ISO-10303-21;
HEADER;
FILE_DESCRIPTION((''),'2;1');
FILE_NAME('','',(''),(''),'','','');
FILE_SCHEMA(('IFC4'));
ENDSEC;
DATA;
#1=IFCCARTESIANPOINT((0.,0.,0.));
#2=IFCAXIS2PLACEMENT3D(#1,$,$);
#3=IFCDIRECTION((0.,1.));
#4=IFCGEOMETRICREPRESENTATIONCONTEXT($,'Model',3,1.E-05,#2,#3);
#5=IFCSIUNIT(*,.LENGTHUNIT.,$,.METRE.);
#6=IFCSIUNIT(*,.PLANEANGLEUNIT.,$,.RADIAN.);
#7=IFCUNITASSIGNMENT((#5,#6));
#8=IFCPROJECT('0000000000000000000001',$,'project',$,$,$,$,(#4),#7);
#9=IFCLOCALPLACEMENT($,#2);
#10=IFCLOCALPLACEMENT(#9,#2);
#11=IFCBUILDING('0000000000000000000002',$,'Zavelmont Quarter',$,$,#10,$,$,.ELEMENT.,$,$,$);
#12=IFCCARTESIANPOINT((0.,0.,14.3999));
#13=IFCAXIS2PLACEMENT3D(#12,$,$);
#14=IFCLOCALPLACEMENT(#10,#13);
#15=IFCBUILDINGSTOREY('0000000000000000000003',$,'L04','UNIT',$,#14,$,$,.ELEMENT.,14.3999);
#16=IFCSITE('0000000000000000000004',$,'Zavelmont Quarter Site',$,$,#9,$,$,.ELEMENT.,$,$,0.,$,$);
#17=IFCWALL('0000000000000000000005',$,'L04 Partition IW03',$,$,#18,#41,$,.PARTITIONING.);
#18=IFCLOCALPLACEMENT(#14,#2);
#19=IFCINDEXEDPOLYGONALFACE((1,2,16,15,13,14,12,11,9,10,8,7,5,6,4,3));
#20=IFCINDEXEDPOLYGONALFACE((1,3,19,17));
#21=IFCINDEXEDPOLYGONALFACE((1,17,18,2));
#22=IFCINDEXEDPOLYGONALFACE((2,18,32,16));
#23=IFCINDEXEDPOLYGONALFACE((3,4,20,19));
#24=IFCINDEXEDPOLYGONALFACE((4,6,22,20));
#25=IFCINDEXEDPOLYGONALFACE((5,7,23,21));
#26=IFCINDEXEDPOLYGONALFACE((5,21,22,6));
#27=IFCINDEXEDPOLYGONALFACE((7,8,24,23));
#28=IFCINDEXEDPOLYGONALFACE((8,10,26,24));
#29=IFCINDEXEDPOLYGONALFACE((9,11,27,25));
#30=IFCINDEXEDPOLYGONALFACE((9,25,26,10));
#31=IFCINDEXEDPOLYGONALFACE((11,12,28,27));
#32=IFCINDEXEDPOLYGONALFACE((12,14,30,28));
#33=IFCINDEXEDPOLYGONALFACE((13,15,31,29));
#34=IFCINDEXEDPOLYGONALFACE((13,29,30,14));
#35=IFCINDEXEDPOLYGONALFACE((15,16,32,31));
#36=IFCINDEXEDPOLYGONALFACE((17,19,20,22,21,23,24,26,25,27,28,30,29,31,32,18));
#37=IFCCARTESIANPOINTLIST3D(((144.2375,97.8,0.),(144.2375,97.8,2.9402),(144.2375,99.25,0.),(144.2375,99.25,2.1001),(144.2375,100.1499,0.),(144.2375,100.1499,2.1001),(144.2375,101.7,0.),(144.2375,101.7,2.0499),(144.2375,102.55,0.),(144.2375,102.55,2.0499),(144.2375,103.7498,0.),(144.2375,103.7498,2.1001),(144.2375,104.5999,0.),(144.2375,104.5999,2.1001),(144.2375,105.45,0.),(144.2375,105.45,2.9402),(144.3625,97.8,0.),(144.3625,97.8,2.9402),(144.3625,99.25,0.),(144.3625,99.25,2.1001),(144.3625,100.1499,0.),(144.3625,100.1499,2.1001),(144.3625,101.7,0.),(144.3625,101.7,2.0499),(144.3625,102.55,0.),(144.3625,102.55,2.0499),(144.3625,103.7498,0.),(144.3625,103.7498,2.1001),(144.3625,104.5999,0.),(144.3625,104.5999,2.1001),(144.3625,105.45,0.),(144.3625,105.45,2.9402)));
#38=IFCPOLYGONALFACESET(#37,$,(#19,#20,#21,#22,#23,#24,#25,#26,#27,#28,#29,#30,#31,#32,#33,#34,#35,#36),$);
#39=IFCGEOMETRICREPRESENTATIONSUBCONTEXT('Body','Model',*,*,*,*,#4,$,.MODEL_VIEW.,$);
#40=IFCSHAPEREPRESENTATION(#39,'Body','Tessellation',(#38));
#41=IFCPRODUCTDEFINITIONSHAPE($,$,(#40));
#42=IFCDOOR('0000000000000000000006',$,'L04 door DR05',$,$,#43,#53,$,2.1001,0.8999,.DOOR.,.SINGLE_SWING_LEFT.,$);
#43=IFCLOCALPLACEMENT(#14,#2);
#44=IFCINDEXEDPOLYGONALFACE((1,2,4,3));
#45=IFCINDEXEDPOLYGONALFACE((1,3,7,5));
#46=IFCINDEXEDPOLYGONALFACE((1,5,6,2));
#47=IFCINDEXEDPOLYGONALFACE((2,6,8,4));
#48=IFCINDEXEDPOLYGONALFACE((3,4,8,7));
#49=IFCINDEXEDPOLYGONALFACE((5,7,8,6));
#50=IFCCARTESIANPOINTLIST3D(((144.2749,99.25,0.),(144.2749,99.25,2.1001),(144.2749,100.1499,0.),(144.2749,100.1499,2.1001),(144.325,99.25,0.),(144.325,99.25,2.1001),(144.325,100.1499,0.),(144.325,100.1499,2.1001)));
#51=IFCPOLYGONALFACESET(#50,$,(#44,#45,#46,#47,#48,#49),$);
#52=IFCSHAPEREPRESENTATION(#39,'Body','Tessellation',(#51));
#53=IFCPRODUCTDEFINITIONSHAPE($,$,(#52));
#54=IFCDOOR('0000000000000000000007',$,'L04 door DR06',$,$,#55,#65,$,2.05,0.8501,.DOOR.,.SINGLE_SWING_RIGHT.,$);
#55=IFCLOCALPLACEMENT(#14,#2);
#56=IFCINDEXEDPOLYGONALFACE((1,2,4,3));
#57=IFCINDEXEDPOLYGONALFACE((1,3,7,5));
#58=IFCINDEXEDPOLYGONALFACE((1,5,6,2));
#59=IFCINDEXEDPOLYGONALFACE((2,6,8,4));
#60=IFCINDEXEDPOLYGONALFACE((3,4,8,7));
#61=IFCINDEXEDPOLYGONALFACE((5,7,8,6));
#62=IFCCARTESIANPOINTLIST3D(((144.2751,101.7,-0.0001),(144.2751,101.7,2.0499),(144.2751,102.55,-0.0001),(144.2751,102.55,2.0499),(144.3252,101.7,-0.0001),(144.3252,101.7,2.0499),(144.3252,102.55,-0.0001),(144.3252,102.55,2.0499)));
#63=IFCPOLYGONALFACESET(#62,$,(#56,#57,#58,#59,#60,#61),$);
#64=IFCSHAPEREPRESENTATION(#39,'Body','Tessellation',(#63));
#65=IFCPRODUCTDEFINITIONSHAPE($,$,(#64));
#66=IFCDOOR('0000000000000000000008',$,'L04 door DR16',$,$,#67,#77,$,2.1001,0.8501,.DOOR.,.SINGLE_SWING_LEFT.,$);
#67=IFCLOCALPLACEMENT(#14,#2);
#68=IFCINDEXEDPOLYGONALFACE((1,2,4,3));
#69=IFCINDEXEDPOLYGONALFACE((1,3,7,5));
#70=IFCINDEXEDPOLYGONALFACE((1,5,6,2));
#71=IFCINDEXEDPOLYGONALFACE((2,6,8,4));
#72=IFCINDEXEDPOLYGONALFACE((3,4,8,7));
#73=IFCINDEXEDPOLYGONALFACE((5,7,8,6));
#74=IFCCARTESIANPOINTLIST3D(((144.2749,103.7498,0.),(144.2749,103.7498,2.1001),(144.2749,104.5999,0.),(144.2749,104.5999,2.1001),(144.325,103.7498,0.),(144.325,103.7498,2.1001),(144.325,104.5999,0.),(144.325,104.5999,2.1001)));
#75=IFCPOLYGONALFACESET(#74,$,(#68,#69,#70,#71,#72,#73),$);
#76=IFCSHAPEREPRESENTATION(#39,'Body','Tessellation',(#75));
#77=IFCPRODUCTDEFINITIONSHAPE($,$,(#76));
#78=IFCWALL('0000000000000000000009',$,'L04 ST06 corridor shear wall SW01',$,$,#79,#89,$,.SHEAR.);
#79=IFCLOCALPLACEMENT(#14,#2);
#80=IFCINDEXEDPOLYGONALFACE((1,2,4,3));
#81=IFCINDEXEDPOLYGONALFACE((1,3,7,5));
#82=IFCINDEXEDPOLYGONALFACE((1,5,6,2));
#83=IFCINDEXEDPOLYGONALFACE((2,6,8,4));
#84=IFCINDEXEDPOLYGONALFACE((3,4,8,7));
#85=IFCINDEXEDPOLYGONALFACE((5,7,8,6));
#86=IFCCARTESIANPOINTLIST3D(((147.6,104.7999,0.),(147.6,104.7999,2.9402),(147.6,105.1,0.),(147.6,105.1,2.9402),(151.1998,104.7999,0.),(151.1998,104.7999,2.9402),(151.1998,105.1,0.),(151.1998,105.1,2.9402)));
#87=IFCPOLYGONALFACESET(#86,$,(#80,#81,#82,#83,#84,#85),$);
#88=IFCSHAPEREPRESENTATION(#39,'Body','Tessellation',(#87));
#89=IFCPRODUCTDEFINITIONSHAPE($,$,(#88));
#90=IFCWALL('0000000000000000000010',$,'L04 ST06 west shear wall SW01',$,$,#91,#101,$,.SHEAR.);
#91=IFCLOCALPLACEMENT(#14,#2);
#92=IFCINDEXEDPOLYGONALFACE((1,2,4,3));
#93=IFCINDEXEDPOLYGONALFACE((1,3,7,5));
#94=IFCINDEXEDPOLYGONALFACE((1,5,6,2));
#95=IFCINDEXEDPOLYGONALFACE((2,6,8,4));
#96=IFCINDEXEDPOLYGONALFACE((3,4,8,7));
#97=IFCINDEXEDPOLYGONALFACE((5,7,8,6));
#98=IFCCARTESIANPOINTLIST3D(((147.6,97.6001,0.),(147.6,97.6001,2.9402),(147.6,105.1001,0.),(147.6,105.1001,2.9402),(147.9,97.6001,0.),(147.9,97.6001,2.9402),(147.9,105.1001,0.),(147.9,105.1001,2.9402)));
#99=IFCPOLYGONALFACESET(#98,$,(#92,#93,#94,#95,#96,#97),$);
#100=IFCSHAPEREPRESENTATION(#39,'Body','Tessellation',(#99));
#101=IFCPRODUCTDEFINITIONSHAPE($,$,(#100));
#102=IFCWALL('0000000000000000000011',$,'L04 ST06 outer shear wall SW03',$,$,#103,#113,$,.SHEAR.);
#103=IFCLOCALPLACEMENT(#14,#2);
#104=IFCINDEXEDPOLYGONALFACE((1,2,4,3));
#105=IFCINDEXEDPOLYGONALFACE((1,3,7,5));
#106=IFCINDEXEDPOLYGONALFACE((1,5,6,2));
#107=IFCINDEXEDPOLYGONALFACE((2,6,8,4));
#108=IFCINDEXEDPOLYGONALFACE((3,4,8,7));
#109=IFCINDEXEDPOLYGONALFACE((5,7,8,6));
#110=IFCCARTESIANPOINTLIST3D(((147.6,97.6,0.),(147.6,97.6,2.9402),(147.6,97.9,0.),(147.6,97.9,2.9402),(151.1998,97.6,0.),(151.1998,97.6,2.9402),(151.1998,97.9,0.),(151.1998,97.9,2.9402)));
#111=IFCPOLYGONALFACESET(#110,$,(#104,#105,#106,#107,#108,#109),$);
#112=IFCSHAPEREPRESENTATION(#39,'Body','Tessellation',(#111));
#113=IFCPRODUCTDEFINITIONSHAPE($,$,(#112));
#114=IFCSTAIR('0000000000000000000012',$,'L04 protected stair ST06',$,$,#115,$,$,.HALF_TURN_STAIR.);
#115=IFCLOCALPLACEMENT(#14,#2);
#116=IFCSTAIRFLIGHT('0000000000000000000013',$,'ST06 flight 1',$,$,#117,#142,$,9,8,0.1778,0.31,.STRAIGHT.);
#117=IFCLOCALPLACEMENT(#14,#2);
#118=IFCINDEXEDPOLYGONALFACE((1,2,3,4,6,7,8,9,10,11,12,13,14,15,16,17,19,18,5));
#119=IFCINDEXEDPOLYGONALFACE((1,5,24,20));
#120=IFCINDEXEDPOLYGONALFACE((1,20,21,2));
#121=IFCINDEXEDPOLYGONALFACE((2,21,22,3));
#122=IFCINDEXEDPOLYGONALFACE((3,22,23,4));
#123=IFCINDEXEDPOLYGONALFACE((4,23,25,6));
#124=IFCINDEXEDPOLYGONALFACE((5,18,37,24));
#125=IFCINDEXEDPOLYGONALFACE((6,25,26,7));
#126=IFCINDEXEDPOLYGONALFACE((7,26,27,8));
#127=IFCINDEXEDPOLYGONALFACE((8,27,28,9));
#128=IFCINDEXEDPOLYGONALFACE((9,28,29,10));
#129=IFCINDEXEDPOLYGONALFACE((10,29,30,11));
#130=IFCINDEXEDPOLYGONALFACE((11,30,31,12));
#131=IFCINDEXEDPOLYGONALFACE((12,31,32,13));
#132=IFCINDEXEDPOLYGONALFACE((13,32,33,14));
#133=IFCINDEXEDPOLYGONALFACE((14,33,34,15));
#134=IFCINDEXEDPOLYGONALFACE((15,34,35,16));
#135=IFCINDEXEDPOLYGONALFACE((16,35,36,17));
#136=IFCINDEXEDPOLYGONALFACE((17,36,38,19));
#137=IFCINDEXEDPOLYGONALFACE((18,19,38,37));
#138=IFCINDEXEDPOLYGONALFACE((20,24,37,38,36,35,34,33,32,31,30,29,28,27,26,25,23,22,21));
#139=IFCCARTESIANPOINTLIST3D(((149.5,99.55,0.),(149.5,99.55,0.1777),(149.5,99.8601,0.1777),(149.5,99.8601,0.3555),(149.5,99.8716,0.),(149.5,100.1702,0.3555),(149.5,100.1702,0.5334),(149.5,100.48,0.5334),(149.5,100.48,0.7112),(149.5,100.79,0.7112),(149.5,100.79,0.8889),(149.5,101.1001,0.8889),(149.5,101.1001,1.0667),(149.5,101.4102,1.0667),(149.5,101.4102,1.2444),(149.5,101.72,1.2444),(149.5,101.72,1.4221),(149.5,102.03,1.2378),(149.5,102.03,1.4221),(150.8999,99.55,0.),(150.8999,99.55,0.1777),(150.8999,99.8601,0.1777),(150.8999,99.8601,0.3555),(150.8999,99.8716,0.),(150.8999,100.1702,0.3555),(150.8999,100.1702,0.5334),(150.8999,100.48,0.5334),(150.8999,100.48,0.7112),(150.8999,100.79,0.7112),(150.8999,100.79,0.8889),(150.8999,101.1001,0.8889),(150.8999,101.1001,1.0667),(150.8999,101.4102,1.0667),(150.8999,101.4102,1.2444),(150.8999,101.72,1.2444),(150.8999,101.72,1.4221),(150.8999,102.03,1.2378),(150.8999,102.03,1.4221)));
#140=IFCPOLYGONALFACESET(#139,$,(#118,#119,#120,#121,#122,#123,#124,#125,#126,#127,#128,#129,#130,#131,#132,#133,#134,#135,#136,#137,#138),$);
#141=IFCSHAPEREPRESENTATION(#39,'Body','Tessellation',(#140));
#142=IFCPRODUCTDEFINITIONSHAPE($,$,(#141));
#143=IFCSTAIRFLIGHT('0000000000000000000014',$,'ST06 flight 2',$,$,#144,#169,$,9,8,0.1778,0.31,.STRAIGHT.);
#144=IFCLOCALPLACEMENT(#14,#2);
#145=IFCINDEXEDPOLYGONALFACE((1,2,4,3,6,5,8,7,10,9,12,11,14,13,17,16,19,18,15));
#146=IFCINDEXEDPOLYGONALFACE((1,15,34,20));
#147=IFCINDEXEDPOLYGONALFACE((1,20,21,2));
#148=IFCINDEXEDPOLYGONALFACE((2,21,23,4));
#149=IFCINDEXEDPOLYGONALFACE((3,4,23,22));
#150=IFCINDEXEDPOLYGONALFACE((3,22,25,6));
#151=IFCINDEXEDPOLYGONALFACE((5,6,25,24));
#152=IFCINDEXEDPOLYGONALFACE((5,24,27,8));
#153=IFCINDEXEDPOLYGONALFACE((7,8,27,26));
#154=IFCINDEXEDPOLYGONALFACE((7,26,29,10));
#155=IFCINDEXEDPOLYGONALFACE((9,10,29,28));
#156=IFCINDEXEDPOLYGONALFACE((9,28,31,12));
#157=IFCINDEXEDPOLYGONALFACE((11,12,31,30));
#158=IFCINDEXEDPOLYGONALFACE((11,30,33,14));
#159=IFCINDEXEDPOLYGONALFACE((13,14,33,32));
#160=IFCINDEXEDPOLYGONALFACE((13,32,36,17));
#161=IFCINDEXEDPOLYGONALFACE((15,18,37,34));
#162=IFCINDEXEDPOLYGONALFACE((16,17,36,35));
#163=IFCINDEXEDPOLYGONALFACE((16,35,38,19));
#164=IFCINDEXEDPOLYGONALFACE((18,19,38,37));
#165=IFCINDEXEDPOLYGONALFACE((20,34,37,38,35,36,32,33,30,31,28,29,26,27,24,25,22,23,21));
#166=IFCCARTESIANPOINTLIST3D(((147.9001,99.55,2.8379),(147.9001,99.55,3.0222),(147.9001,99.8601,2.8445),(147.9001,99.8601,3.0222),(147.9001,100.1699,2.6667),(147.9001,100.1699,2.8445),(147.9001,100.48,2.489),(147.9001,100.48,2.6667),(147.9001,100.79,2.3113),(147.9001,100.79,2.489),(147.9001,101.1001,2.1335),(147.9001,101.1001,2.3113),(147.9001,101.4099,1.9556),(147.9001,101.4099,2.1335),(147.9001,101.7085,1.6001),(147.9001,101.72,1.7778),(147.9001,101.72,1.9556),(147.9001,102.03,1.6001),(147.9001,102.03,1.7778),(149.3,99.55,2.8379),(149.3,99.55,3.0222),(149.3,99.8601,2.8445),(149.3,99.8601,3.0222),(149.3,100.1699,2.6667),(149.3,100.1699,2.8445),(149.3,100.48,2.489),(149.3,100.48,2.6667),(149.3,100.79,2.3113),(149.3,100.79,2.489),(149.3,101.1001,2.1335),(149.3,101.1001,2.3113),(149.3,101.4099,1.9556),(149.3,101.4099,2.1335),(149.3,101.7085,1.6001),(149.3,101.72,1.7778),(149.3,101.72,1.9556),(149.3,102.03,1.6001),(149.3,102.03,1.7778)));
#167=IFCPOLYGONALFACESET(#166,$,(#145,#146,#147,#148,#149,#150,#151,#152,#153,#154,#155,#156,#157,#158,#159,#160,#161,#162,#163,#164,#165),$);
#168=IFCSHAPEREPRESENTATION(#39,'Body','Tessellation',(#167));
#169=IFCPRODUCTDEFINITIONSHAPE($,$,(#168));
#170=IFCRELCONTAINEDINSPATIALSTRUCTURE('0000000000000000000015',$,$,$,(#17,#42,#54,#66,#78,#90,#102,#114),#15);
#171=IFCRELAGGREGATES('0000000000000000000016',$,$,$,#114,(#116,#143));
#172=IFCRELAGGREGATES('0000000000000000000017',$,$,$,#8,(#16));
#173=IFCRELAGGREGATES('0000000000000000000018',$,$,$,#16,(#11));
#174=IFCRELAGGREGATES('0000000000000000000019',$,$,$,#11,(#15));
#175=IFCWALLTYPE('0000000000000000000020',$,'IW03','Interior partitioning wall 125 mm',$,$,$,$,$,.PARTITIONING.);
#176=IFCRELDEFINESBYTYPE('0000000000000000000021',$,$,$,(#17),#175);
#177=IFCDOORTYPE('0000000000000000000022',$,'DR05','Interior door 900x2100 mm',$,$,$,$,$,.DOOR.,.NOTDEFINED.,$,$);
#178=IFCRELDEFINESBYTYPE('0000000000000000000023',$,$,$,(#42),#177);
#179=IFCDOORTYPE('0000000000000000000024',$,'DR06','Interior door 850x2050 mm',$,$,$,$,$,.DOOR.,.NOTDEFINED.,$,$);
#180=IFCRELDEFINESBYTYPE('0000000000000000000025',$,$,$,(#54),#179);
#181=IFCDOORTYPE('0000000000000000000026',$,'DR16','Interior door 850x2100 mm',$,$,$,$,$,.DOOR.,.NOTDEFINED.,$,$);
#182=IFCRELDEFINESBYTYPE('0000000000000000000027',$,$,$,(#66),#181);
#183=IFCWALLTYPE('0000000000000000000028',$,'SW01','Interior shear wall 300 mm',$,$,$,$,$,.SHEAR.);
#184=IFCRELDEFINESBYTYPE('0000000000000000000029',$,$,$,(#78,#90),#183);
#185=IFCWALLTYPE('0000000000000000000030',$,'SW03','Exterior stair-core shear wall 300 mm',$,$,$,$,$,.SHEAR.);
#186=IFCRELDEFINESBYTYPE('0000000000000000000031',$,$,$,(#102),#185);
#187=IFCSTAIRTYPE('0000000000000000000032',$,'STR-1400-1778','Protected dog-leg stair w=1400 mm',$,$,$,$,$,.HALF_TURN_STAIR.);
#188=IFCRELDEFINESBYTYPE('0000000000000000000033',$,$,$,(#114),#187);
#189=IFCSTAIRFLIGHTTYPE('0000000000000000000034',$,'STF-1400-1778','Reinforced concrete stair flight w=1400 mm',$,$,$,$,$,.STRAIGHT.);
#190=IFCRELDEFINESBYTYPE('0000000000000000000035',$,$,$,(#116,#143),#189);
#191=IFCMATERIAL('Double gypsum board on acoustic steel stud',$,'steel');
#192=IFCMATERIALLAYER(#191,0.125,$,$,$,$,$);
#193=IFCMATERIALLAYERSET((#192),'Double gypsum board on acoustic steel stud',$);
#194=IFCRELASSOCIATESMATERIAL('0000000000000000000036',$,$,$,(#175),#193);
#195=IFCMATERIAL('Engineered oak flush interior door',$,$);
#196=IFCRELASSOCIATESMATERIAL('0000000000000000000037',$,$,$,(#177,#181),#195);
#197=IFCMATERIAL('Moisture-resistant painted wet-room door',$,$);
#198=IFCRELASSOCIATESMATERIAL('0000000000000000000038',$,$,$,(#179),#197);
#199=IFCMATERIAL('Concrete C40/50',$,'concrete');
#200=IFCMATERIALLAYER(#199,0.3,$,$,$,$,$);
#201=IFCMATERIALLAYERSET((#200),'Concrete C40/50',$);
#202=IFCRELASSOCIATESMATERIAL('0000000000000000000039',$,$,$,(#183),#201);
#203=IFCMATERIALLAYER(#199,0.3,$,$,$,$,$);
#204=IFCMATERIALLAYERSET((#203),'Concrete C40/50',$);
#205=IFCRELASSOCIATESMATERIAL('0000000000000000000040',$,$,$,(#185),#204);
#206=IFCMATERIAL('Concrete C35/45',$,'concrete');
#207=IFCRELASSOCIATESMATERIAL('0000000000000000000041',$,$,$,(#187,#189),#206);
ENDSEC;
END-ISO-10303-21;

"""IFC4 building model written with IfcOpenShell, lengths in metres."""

from ifc_helpers import new_model, si_unit, direction, frame, frame_2d, origin, origin_with_axes, place, context, subcontext, project, spatial, polyline, rectangle, outline, extrude, material, layer, layer_set, type_object, element, fill, aggregate, save


model = new_model("IFC4")

# Units and contexts
model_context = context("Model", 3, precision=1e-05, world=origin(), true_north=direction((0.0, 1.0)))
body_context = subcontext(model_context, "Body", "Model", "MODEL_VIEW")
ifc_project = project(units=[si_unit("LENGTHUNIT", "METRE"), si_unit("PLANEANGLEUNIT", "RADIAN")], contexts=[model_context])

# Site, building, storey
site_placement = place(None, origin())
site = spatial("IfcSite", under=ifc_project, at=site_placement, Name="Zavelmont Quarter Site", CompositionType="ELEMENT", RefElevation=0.0)
building_placement = place(site_placement, origin())
building = spatial("IfcBuilding", under=site, at=building_placement, Name="Zavelmont Quarter", CompositionType="ELEMENT")
storey_placement = place(building_placement, frame((0.0, 0.0, 14.3999)))
storey = spatial("IfcBuildingStorey", under=building, at=storey_placement, Name="L04", Description="UNIT", CompositionType="ELEMENT", Elevation=14.3999)

# Shared definitions
ifc_material_1 = material(Name="Concrete C35/45", Category="concrete")

# Wall, openings, doors
ifc_material_2 = material(Name="Double gypsum board on acoustic steel stud", Category="steel")
ifc_layer_1 = layer(ifc_material_2, 0.125)
ifc_layer_set_1 = layer_set([ifc_layer_1], Name="Double gypsum board on acoustic steel stud")
wall_type_1 = type_object("IfcWallType", Name="IW03", Description="Interior partitioning wall 125 mm", PredefinedType="PARTITIONING", material=ifc_layer_set_1)
wall_1_placement = place(storey_placement, frame((144.3, 105.45, 0.0), z_axis=(0.0, 0.0, 1.0), x_axis=(0.0, -1.0, 0.0)))
wall_1 = element("IfcWall", 1, at=wall_1_placement, inside=storey, type_object=wall_type_1, Name="L04 Partition IW03", PredefinedType="PARTITIONING", context=body_context, shape_type="SweptSolid", body=[
    extrude(rectangle(XDim=7.6499, YDim=0.125, at=frame_2d((3.825, 0.0))), origin(), (0.0, 0.0, 1.0), 2.9402),
])
opening_1_placement = place(wall_1_placement, frame((0.8501, 0.0, 0.0)))
opening_1 = element("IfcOpeningElement", 2, at=opening_1_placement, cuts=wall_1, PredefinedType="OPENING", context=body_context, shape_type="SweptSolid", body=[
    extrude(rectangle(XDim=0.8501, YDim=2.1001, at=frame_2d((0.425, 1.05))), frame((0.0, 0.0745, 0.0), z_axis=(0.0, -1.0, 0.0), x_axis=(1.0, 0.0, 0.0)), (0.0, 0.0, 1.0), 0.1489),
])
opening_2_placement = place(wall_1_placement, frame((2.8999, 0.0, 0.0)))
opening_2 = element("IfcOpeningElement", 3, at=opening_2_placement, cuts=wall_1, PredefinedType="OPENING", context=body_context, shape_type="SweptSolid", body=[
    extrude(rectangle(XDim=0.8501, YDim=2.05, at=frame_2d((0.425, 1.0249))), frame((0.0, 0.0745, 0.0), z_axis=(0.0, -1.0, 0.0), x_axis=(1.0, 0.0, 0.0)), (0.0, 0.0, 1.0), 0.1489),
])
opening_3_placement = place(wall_1_placement, frame((5.3, 0.0, 0.0)))
opening_3 = element("IfcOpeningElement", 4, at=opening_3_placement, cuts=wall_1, PredefinedType="OPENING", context=body_context, shape_type="SweptSolid", body=[
    extrude(rectangle(XDim=0.8999, YDim=2.1001, at=frame_2d((0.45, 1.05))), frame((0.0, 0.0745, 0.0), z_axis=(0.0, -1.0, 0.0), x_axis=(1.0, 0.0, 0.0)), (0.0, 0.0, 1.0), 0.1489),
])
ifc_material_3 = material(Name="Engineered oak flush interior door")
door_type_1 = type_object("IfcDoorType", Name="DR05", Description="Interior door 900x2100 mm", OperationType="NOTDEFINED", PredefinedType="DOOR", material=ifc_material_3)
door_1_placement = place(opening_3_placement, origin_with_axes())
door_1 = element("IfcDoor", 5, at=door_1_placement, inside=storey, type_object=door_type_1, Name="L04 door DR05", OperationType="SINGLE_SWING_LEFT", OverallHeight=2.1001, OverallWidth=0.8999, PredefinedType="DOOR", context=body_context, shape_type="SweptSolid", body=[
    extrude(rectangle(XDim=0.8999, YDim=2.1001, at=frame_2d((0.45, 1.05))), frame((0.0, 0.0249, 0.0), z_axis=(0.0, -1.0, 0.0), x_axis=(1.0, 0.0, 0.0)), (0.0, 0.0, 1.0), 0.05),
])
fill(opening_3, door_1)
ifc_material_4 = material(Name="Moisture-resistant painted wet-room door")
door_type_2 = type_object("IfcDoorType", Name="DR06", Description="Interior door 850x2050 mm", OperationType="NOTDEFINED", PredefinedType="DOOR", material=ifc_material_4)
door_2_placement = place(opening_2_placement, frame((0.8501, 0.0, 0.0), z_axis=(0.0, 0.0, 1.0), x_axis=(-1.0, 0.0, 0.0)))
door_2 = element("IfcDoor", 6, at=door_2_placement, inside=storey, type_object=door_type_2, Name="L04 door DR06", OperationType="SINGLE_SWING_RIGHT", OverallHeight=2.05, OverallWidth=0.8501, PredefinedType="DOOR", context=body_context, shape_type="SweptSolid", body=[
    extrude(rectangle(XDim=0.8501, YDim=2.05, at=frame_2d((0.425, 1.0249))), frame((0.0, 0.0249, 0.0), z_axis=(0.0, -1.0, 0.0), x_axis=(1.0, 0.0, 0.0)), (0.0, 0.0, 1.0), 0.05),
])
fill(opening_2, door_2)
door_type_3 = type_object("IfcDoorType", Name="DR16", Description="Interior door 850x2100 mm", OperationType="NOTDEFINED", PredefinedType="DOOR", material=ifc_material_3)
door_3_placement = place(opening_1_placement, origin_with_axes())
door_3 = element("IfcDoor", 7, at=door_3_placement, inside=storey, type_object=door_type_3, Name="L04 door DR16", OperationType="SINGLE_SWING_LEFT", OverallHeight=2.1001, OverallWidth=0.8501, PredefinedType="DOOR", context=body_context, shape_type="SweptSolid", body=[
    extrude(rectangle(XDim=0.8501, YDim=2.1001, at=frame_2d((0.425, 1.05))), frame((0.0, 0.0249, 0.0), z_axis=(0.0, -1.0, 0.0), x_axis=(1.0, 0.0, 0.0)), (0.0, 0.0, 1.0), 0.05),
])
fill(opening_1, door_3)

# Walls
ifc_material_5 = material(Name="Concrete C40/50", Category="concrete")
ifc_layer_2 = layer(ifc_material_5, 0.3)
ifc_layer_set_2 = layer_set([ifc_layer_2], Name="Concrete C40/50")
wall_type_2 = type_object("IfcWallType", Name="SW01", Description="Interior shear wall 300 mm", PredefinedType="SHEAR", material=ifc_layer_set_2)
wall_2_placement = place(storey_placement, frame((147.6001, 104.95, 0.0), z_axis=(0.0, 0.0, 1.0), x_axis=(1.0, 0.0, 0.0)))
element("IfcWall", 8, at=wall_2_placement, inside=storey, type_object=wall_type_2, Name="L04 ST06 corridor shear wall SW01", PredefinedType="SHEAR", context=body_context, shape_type="SweptSolid", body=[
    extrude(rectangle(XDim=3.5999, YDim=0.3, at=frame_2d((1.7998, 0.0))), origin(), (0.0, 0.0, 1.0), 2.9402),
])
wall_3_placement = place(storey_placement, frame((147.75, 97.6001, 0.0), z_axis=(0.0, 0.0, 1.0), x_axis=(0.0, 1.0, 0.0)))
element("IfcWall", 9, at=wall_3_placement, inside=storey, type_object=wall_type_2, Name="L04 ST06 west shear wall SW01", PredefinedType="SHEAR", context=body_context, shape_type="SweptSolid", body=[
    extrude(rectangle(XDim=7.5, YDim=0.3, at=frame_2d((3.75, 0.0))), origin(), (0.0, 0.0, 1.0), 2.9402),
])

# Wall
ifc_layer_3 = layer(ifc_material_5, 0.3)
ifc_layer_set_3 = layer_set([ifc_layer_3], Name="Concrete C40/50")
wall_type_3 = type_object("IfcWallType", Name="SW03", Description="Exterior stair-core shear wall 300 mm", PredefinedType="SHEAR", material=ifc_layer_set_3)
wall_4_placement = place(storey_placement, frame((147.6001, 97.75, 0.0), z_axis=(0.0, 0.0, 1.0), x_axis=(1.0, 0.0, 0.0)))
element("IfcWall", 10, at=wall_4_placement, inside=storey, type_object=wall_type_3, Name="L04 ST06 outer shear wall SW03", PredefinedType="SHEAR", context=body_context, shape_type="SweptSolid", body=[
    extrude(rectangle(XDim=3.5999, YDim=0.3, at=frame_2d((1.7998, 0.0))), origin(), (0.0, 0.0, 1.0), 2.9402),
])

# Stair, stair flights
stair_type = type_object("IfcStairType", Name="STR-1400-1778", Description="Protected dog-leg stair w=1400 mm", PredefinedType="HALF_TURN_STAIR", material=ifc_material_1)
stair_placement = place(storey_placement, origin())
stair = element("IfcStair", 11, at=stair_placement, inside=storey, type_object=stair_type, Name="L04 protected stair ST06", PredefinedType="HALF_TURN_STAIR")
stair_flight_type = type_object("IfcStairFlightType", Name="STF-1400-1778", Description="Reinforced concrete stair flight w=1400 mm", PredefinedType="STRAIGHT", material=ifc_material_1)
stair_flight_1_placement = place(storey_placement, frame((150.2, 99.55, 0.0), z_axis=(0.0, 0.0, 1.0), x_axis=(0.0, 1.0, 0.0)))
stair_flight_1 = element("IfcStairFlight", 12, at=stair_flight_1_placement, type_object=stair_flight_type, Name="ST06 flight 1", NumberOfRisers=9, NumberOfTreads=8, PredefinedType="STRAIGHT", RiserHeight=0.1778, TreadLength=0.31, context=body_context, shape_type="SweptSolid", body=[
    extrude(outline(polyline([(0.0, 0.0), (0.0, 0.1777), (0.3101, 0.1777), (0.3101, 0.3555), (0.6201, 0.3555), (0.6201, 0.5334), (0.9299, 0.5334), (0.9299, 0.7112), (1.24, 0.7112), (1.24, 0.8889), (1.55, 0.8889), (1.55, 1.0667), (1.8601, 1.0667), (1.8601, 1.2444), (2.1699, 1.2444), (2.1699, 1.4221), (2.48, 1.4221), (2.48, 1.6001), (2.48, 1.2378), (0.3215, 0.0), (0.0, 0.0)])), frame((0.0, 0.7, 0.0), z_axis=(0.0, -1.0, 0.0), x_axis=(1.0, 0.0, 0.0)), (0.0, 0.0, 1.0), 1.3999),
])
stair_flight_2_placement = place(storey_placement, frame((148.6001, 102.03, 1.6001), z_axis=(0.0, 0.0, 1.0), x_axis=(0.0, -1.0, 0.0)))
stair_flight_2 = element("IfcStairFlight", 13, at=stair_flight_2_placement, type_object=stair_flight_type, Name="ST06 flight 2", NumberOfRisers=9, NumberOfTreads=8, PredefinedType="STRAIGHT", RiserHeight=0.1778, TreadLength=0.31, context=body_context, shape_type="SweptSolid", body=[
    extrude(outline(polyline([(0.0, 0.0), (0.0, 0.1777), (0.3101, 0.1777), (0.3101, 0.3555), (0.6201, 0.3555), (0.6201, 0.5334), (0.9299, 0.5334), (0.9299, 0.7112), (1.24, 0.7112), (1.24, 0.8889), (1.55, 0.8889), (1.55, 1.0667), (1.8601, 1.0667), (1.8601, 1.2444), (2.1699, 1.2444), (2.1699, 1.4221), (2.48, 1.4221), (2.48, 1.6001), (2.48, 1.2378), (0.3215, 0.0), (0.0, 0.0)])), frame((0.0, 0.7, 0.0), z_axis=(0.0, -1.0, 0.0), x_axis=(1.0, 0.0, 0.0)), (0.0, 0.0, 1.0), 1.3999),
])
aggregate(stair, [stair_flight_1, stair_flight_2])

save(model, "model.ifc")
